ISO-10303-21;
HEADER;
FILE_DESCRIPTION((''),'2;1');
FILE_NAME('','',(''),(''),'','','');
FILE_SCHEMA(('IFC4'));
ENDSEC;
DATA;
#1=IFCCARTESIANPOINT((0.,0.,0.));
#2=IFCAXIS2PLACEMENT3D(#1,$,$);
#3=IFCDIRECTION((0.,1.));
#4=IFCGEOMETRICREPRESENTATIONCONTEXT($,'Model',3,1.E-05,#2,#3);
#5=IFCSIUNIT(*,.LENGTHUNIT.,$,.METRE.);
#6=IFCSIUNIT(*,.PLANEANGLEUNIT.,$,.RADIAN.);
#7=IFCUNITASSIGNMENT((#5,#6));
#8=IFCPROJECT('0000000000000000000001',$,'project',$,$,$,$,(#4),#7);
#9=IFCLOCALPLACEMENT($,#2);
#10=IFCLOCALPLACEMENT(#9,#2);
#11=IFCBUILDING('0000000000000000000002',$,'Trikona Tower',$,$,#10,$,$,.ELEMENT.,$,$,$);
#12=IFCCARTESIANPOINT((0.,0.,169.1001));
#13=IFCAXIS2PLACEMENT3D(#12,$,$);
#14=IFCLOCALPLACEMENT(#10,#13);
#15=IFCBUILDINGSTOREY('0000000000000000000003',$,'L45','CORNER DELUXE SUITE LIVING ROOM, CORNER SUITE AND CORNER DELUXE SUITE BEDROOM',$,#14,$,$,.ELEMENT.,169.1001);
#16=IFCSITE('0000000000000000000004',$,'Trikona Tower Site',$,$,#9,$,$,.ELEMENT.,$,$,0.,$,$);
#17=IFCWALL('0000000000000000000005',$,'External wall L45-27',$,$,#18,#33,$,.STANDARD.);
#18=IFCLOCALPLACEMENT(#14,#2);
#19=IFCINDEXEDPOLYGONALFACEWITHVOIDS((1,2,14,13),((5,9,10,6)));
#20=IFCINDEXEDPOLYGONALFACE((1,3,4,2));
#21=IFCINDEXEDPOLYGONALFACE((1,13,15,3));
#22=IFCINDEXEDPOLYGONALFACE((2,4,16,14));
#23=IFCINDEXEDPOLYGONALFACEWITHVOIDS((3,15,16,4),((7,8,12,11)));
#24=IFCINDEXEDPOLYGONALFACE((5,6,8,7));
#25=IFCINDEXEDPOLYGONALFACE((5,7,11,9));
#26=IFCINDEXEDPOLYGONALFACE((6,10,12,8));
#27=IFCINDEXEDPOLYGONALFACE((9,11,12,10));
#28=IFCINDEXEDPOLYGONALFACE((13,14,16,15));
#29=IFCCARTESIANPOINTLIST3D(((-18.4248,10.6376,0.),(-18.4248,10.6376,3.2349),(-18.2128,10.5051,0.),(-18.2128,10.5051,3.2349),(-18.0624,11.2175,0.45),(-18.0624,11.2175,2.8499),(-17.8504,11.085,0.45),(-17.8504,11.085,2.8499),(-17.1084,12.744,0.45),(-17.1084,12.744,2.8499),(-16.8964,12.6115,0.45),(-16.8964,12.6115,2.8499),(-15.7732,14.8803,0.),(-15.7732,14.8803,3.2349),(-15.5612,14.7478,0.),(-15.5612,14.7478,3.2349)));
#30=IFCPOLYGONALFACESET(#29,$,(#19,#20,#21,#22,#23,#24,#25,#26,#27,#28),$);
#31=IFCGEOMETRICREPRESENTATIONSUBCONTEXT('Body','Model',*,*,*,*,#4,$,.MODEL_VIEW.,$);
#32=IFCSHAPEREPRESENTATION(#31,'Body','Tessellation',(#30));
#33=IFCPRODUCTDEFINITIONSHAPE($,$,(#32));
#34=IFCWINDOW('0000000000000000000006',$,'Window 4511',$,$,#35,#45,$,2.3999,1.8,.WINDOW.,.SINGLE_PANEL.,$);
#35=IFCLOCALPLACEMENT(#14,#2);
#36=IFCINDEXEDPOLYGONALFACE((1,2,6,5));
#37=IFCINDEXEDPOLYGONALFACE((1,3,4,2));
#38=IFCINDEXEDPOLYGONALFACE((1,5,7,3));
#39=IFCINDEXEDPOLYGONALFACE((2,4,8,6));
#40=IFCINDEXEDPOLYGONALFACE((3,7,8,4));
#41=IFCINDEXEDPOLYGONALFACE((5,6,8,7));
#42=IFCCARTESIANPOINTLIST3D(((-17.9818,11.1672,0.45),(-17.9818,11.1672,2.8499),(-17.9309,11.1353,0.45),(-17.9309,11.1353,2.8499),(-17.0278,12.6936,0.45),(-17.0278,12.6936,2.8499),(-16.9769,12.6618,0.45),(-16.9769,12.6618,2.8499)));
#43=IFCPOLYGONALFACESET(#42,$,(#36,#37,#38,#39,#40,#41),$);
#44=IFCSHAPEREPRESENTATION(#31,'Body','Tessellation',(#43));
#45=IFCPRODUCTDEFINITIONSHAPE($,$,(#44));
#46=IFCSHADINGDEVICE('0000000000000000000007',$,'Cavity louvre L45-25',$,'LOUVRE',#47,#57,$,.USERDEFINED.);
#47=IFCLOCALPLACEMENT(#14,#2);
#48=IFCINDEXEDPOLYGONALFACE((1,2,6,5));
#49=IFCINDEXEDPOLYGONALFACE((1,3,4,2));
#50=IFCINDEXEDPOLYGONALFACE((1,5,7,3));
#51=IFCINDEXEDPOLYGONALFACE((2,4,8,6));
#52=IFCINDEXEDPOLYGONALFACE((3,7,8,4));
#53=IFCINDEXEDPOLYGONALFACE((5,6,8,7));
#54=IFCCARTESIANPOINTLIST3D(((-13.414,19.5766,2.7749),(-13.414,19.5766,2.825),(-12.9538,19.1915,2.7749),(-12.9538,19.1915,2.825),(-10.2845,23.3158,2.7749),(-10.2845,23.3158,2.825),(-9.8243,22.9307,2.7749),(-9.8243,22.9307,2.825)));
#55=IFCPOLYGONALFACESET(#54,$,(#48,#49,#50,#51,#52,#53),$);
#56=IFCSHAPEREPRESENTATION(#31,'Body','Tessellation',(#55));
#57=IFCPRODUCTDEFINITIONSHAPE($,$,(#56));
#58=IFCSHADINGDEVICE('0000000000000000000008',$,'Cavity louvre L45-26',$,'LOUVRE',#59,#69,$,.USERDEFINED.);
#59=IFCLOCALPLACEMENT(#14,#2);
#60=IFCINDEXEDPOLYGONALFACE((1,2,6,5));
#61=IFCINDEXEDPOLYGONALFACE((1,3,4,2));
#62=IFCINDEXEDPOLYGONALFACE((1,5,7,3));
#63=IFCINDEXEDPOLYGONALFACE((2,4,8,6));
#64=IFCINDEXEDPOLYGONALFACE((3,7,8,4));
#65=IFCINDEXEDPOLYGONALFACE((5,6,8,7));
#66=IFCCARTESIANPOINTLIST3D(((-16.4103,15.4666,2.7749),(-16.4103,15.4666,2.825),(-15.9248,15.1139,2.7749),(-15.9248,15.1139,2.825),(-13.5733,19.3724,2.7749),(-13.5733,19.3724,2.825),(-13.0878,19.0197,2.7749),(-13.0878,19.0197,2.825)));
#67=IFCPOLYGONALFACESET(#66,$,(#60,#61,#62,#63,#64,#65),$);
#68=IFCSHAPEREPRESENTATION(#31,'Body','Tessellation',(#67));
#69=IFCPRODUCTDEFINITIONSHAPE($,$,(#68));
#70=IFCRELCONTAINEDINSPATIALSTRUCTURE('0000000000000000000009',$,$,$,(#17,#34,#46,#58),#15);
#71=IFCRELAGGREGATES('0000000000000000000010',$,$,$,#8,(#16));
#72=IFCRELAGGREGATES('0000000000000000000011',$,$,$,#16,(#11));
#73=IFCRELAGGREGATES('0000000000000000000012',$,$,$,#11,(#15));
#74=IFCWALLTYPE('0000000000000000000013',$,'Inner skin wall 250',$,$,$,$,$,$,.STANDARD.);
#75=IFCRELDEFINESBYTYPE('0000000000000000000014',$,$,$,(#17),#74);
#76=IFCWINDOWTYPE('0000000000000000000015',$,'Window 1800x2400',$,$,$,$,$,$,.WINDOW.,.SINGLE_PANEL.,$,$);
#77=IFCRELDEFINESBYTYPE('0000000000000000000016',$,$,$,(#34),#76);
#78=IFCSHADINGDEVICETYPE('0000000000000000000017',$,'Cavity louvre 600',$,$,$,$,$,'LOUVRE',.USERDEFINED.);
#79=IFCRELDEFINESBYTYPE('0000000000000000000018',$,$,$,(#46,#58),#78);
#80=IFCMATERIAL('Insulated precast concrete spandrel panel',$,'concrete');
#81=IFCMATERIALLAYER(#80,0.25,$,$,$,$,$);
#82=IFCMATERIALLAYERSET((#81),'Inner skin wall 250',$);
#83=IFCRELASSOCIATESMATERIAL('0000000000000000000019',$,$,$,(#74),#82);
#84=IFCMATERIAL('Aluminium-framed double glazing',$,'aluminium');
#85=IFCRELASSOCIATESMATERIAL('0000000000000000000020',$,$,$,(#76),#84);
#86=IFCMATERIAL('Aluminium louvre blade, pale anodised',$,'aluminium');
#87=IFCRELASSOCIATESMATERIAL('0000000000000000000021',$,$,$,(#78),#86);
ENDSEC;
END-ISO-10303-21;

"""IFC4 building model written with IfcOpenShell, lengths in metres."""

from ifc_helpers import new_model, si_unit, direction, frame, frame_2d, origin, origin_2d, place, context, subcontext, project, spatial, rectangle, extrude, material, layer, layer_set, type_object, element, fill, save


model = new_model("IFC4")

# Units and contexts
model_context = context("Model", 3, precision=1e-05, world=origin(), true_north=direction((0.0, 1.0)))
body_context = subcontext(model_context, "Body", "Model", "MODEL_VIEW")
ifc_project = project(units=[si_unit("LENGTHUNIT", "METRE"), si_unit("PLANEANGLEUNIT", "RADIAN")], contexts=[model_context])

# Site, building, storey
site_placement = place(None, origin())
site = spatial("IfcSite", under=ifc_project, at=site_placement, Name="Trikona Tower Site", CompositionType="ELEMENT", RefElevation=0.0)
building_placement = place(site_placement, origin())
building = spatial("IfcBuilding", under=site, at=building_placement, Name="Trikona Tower", CompositionType="ELEMENT")
storey_placement = place(building_placement, frame((0.0, 0.0, 169.1001)))
storey = spatial("IfcBuildingStorey", under=building, at=storey_placement, Name="L45", Description="CORNER DELUXE SUITE LIVING ROOM, CORNER SUITE AND CORNER DELUXE SUITE BEDROOM", CompositionType="ELEMENT", Elevation=169.1001)

# Wall, opening, window
ifc_material_1 = material(Name="Insulated precast concrete spandrel panel", Category="concrete")
ifc_layer_1 = layer(ifc_material_1, 0.25)
ifc_layer_set_1 = layer_set([ifc_layer_1], Name="Inner skin wall 250")
wall_type = type_object("IfcWallType", Name="Inner skin wall 250", PredefinedType="STANDARD", material=ifc_layer_set_1)
wall_1_placement = place(storey_placement, frame((-15.6672, 14.814, 0.0), z_axis=(0.0, 0.0, 1.0), x_axis=(-0.52999, -0.848004, 0.0)))
wall_1 = element("IfcWall", 1, at=wall_1_placement, inside=storey, type_object=wall_type, Name="External wall L45-27", PredefinedType="STANDARD", context=body_context, shape_type="SweptSolid", body=[
    extrude(rectangle(XDim=5.0032, YDim=0.25, at=frame_2d((2.5015, 0.0))), origin(), (0.0, 0.0, 1.0), 3.2349),
])
opening_1_placement = place(wall_1_placement, frame((2.5193, 0.0, 0.45)))
opening_1 = element("IfcOpeningElement", 2, at=opening_1_placement, cuts=wall_1, PredefinedType="OPENING", context=body_context, shape_type="SweptSolid", body=[
    extrude(rectangle(XDim=1.8, YDim=2.3999, at=frame_2d((0.8999, 1.2))), frame((0.0, 0.135, 0.0), z_axis=(0.0, -1.0, 0.0), x_axis=(1.0, 0.0, 0.0)), (0.0, 0.0, 1.0), 0.27),
])
ifc_material_2 = material(Name="Aluminium-framed double glazing", Category="aluminium")
window_type_1 = type_object("IfcWindowType", Name="Window 1800x2400", PartitioningType="SINGLE_PANEL", PredefinedType="WINDOW", material=ifc_material_2)
window_1_placement = place(opening_1_placement, origin())
window_1 = element("IfcWindow", 3, at=window_1_placement, inside=storey, type_object=window_type_1, Name="Window 4511", OverallHeight=2.3999, OverallWidth=1.8, PartitioningType="SINGLE_PANEL", PredefinedType="WINDOW", context=body_context, shape_type="SweptSolid", body=[
    extrude(rectangle(XDim=1.8, YDim=2.3999, at=frame_2d((0.8999, 1.2))), frame((0.0, 0.03, 0.0), z_axis=(0.0, -1.0, 0.0), x_axis=(1.0, 0.0, 0.0)), (0.0, 0.0, 1.0), 0.0601),
])
fill(opening_1, window_1)

# Shading devices
ifc_material_3 = material(Name="Aluminium louvre blade, pale anodised", Category="aluminium")
shading_device_type = type_object("IfcShadingDeviceType", Name="Cavity louvre 600", ElementType="LOUVRE", PredefinedType="USERDEFINED", material=ifc_material_3)
shading_device_1_placement = place(storey_placement, frame((-11.6191, 21.2537, 2.7749), z_axis=(0.0, 0.0, 1.0), x_axis=(-0.641807, -0.766866, 0.0)))
element("IfcShadingDevice", 4, at=shading_device_1_placement, inside=storey, type_object=shading_device_type, Name="Cavity louvre L45-25", ObjectType="LOUVRE", PredefinedType="USERDEFINED", context=body_context, shape_type="SweptSolid", body=[
    extrude(rectangle(XDim=4.876, YDim=0.6001, at=origin_2d()), origin(), (0.0, 0.0, 1.0), 0.05),
])
shading_device_2_placement = place(storey_placement, frame((-14.749, 17.2432, 2.7749), z_axis=(0.0, 0.0, 1.0), x_axis=(-0.587686, -0.809089, 0.0)))
element("IfcShadingDevice", 5, at=shading_device_2_placement, inside=storey, type_object=shading_device_type, Name="Cavity louvre L45-26", ObjectType="LOUVRE", PredefinedType="USERDEFINED", context=body_context, shape_type="SweptSolid", body=[
    extrude(rectangle(XDim=4.8274, YDim=0.6001, at=origin_2d()), origin(), (0.0, 0.0, 1.0), 0.05),
])

save(model, "model.ifc")
